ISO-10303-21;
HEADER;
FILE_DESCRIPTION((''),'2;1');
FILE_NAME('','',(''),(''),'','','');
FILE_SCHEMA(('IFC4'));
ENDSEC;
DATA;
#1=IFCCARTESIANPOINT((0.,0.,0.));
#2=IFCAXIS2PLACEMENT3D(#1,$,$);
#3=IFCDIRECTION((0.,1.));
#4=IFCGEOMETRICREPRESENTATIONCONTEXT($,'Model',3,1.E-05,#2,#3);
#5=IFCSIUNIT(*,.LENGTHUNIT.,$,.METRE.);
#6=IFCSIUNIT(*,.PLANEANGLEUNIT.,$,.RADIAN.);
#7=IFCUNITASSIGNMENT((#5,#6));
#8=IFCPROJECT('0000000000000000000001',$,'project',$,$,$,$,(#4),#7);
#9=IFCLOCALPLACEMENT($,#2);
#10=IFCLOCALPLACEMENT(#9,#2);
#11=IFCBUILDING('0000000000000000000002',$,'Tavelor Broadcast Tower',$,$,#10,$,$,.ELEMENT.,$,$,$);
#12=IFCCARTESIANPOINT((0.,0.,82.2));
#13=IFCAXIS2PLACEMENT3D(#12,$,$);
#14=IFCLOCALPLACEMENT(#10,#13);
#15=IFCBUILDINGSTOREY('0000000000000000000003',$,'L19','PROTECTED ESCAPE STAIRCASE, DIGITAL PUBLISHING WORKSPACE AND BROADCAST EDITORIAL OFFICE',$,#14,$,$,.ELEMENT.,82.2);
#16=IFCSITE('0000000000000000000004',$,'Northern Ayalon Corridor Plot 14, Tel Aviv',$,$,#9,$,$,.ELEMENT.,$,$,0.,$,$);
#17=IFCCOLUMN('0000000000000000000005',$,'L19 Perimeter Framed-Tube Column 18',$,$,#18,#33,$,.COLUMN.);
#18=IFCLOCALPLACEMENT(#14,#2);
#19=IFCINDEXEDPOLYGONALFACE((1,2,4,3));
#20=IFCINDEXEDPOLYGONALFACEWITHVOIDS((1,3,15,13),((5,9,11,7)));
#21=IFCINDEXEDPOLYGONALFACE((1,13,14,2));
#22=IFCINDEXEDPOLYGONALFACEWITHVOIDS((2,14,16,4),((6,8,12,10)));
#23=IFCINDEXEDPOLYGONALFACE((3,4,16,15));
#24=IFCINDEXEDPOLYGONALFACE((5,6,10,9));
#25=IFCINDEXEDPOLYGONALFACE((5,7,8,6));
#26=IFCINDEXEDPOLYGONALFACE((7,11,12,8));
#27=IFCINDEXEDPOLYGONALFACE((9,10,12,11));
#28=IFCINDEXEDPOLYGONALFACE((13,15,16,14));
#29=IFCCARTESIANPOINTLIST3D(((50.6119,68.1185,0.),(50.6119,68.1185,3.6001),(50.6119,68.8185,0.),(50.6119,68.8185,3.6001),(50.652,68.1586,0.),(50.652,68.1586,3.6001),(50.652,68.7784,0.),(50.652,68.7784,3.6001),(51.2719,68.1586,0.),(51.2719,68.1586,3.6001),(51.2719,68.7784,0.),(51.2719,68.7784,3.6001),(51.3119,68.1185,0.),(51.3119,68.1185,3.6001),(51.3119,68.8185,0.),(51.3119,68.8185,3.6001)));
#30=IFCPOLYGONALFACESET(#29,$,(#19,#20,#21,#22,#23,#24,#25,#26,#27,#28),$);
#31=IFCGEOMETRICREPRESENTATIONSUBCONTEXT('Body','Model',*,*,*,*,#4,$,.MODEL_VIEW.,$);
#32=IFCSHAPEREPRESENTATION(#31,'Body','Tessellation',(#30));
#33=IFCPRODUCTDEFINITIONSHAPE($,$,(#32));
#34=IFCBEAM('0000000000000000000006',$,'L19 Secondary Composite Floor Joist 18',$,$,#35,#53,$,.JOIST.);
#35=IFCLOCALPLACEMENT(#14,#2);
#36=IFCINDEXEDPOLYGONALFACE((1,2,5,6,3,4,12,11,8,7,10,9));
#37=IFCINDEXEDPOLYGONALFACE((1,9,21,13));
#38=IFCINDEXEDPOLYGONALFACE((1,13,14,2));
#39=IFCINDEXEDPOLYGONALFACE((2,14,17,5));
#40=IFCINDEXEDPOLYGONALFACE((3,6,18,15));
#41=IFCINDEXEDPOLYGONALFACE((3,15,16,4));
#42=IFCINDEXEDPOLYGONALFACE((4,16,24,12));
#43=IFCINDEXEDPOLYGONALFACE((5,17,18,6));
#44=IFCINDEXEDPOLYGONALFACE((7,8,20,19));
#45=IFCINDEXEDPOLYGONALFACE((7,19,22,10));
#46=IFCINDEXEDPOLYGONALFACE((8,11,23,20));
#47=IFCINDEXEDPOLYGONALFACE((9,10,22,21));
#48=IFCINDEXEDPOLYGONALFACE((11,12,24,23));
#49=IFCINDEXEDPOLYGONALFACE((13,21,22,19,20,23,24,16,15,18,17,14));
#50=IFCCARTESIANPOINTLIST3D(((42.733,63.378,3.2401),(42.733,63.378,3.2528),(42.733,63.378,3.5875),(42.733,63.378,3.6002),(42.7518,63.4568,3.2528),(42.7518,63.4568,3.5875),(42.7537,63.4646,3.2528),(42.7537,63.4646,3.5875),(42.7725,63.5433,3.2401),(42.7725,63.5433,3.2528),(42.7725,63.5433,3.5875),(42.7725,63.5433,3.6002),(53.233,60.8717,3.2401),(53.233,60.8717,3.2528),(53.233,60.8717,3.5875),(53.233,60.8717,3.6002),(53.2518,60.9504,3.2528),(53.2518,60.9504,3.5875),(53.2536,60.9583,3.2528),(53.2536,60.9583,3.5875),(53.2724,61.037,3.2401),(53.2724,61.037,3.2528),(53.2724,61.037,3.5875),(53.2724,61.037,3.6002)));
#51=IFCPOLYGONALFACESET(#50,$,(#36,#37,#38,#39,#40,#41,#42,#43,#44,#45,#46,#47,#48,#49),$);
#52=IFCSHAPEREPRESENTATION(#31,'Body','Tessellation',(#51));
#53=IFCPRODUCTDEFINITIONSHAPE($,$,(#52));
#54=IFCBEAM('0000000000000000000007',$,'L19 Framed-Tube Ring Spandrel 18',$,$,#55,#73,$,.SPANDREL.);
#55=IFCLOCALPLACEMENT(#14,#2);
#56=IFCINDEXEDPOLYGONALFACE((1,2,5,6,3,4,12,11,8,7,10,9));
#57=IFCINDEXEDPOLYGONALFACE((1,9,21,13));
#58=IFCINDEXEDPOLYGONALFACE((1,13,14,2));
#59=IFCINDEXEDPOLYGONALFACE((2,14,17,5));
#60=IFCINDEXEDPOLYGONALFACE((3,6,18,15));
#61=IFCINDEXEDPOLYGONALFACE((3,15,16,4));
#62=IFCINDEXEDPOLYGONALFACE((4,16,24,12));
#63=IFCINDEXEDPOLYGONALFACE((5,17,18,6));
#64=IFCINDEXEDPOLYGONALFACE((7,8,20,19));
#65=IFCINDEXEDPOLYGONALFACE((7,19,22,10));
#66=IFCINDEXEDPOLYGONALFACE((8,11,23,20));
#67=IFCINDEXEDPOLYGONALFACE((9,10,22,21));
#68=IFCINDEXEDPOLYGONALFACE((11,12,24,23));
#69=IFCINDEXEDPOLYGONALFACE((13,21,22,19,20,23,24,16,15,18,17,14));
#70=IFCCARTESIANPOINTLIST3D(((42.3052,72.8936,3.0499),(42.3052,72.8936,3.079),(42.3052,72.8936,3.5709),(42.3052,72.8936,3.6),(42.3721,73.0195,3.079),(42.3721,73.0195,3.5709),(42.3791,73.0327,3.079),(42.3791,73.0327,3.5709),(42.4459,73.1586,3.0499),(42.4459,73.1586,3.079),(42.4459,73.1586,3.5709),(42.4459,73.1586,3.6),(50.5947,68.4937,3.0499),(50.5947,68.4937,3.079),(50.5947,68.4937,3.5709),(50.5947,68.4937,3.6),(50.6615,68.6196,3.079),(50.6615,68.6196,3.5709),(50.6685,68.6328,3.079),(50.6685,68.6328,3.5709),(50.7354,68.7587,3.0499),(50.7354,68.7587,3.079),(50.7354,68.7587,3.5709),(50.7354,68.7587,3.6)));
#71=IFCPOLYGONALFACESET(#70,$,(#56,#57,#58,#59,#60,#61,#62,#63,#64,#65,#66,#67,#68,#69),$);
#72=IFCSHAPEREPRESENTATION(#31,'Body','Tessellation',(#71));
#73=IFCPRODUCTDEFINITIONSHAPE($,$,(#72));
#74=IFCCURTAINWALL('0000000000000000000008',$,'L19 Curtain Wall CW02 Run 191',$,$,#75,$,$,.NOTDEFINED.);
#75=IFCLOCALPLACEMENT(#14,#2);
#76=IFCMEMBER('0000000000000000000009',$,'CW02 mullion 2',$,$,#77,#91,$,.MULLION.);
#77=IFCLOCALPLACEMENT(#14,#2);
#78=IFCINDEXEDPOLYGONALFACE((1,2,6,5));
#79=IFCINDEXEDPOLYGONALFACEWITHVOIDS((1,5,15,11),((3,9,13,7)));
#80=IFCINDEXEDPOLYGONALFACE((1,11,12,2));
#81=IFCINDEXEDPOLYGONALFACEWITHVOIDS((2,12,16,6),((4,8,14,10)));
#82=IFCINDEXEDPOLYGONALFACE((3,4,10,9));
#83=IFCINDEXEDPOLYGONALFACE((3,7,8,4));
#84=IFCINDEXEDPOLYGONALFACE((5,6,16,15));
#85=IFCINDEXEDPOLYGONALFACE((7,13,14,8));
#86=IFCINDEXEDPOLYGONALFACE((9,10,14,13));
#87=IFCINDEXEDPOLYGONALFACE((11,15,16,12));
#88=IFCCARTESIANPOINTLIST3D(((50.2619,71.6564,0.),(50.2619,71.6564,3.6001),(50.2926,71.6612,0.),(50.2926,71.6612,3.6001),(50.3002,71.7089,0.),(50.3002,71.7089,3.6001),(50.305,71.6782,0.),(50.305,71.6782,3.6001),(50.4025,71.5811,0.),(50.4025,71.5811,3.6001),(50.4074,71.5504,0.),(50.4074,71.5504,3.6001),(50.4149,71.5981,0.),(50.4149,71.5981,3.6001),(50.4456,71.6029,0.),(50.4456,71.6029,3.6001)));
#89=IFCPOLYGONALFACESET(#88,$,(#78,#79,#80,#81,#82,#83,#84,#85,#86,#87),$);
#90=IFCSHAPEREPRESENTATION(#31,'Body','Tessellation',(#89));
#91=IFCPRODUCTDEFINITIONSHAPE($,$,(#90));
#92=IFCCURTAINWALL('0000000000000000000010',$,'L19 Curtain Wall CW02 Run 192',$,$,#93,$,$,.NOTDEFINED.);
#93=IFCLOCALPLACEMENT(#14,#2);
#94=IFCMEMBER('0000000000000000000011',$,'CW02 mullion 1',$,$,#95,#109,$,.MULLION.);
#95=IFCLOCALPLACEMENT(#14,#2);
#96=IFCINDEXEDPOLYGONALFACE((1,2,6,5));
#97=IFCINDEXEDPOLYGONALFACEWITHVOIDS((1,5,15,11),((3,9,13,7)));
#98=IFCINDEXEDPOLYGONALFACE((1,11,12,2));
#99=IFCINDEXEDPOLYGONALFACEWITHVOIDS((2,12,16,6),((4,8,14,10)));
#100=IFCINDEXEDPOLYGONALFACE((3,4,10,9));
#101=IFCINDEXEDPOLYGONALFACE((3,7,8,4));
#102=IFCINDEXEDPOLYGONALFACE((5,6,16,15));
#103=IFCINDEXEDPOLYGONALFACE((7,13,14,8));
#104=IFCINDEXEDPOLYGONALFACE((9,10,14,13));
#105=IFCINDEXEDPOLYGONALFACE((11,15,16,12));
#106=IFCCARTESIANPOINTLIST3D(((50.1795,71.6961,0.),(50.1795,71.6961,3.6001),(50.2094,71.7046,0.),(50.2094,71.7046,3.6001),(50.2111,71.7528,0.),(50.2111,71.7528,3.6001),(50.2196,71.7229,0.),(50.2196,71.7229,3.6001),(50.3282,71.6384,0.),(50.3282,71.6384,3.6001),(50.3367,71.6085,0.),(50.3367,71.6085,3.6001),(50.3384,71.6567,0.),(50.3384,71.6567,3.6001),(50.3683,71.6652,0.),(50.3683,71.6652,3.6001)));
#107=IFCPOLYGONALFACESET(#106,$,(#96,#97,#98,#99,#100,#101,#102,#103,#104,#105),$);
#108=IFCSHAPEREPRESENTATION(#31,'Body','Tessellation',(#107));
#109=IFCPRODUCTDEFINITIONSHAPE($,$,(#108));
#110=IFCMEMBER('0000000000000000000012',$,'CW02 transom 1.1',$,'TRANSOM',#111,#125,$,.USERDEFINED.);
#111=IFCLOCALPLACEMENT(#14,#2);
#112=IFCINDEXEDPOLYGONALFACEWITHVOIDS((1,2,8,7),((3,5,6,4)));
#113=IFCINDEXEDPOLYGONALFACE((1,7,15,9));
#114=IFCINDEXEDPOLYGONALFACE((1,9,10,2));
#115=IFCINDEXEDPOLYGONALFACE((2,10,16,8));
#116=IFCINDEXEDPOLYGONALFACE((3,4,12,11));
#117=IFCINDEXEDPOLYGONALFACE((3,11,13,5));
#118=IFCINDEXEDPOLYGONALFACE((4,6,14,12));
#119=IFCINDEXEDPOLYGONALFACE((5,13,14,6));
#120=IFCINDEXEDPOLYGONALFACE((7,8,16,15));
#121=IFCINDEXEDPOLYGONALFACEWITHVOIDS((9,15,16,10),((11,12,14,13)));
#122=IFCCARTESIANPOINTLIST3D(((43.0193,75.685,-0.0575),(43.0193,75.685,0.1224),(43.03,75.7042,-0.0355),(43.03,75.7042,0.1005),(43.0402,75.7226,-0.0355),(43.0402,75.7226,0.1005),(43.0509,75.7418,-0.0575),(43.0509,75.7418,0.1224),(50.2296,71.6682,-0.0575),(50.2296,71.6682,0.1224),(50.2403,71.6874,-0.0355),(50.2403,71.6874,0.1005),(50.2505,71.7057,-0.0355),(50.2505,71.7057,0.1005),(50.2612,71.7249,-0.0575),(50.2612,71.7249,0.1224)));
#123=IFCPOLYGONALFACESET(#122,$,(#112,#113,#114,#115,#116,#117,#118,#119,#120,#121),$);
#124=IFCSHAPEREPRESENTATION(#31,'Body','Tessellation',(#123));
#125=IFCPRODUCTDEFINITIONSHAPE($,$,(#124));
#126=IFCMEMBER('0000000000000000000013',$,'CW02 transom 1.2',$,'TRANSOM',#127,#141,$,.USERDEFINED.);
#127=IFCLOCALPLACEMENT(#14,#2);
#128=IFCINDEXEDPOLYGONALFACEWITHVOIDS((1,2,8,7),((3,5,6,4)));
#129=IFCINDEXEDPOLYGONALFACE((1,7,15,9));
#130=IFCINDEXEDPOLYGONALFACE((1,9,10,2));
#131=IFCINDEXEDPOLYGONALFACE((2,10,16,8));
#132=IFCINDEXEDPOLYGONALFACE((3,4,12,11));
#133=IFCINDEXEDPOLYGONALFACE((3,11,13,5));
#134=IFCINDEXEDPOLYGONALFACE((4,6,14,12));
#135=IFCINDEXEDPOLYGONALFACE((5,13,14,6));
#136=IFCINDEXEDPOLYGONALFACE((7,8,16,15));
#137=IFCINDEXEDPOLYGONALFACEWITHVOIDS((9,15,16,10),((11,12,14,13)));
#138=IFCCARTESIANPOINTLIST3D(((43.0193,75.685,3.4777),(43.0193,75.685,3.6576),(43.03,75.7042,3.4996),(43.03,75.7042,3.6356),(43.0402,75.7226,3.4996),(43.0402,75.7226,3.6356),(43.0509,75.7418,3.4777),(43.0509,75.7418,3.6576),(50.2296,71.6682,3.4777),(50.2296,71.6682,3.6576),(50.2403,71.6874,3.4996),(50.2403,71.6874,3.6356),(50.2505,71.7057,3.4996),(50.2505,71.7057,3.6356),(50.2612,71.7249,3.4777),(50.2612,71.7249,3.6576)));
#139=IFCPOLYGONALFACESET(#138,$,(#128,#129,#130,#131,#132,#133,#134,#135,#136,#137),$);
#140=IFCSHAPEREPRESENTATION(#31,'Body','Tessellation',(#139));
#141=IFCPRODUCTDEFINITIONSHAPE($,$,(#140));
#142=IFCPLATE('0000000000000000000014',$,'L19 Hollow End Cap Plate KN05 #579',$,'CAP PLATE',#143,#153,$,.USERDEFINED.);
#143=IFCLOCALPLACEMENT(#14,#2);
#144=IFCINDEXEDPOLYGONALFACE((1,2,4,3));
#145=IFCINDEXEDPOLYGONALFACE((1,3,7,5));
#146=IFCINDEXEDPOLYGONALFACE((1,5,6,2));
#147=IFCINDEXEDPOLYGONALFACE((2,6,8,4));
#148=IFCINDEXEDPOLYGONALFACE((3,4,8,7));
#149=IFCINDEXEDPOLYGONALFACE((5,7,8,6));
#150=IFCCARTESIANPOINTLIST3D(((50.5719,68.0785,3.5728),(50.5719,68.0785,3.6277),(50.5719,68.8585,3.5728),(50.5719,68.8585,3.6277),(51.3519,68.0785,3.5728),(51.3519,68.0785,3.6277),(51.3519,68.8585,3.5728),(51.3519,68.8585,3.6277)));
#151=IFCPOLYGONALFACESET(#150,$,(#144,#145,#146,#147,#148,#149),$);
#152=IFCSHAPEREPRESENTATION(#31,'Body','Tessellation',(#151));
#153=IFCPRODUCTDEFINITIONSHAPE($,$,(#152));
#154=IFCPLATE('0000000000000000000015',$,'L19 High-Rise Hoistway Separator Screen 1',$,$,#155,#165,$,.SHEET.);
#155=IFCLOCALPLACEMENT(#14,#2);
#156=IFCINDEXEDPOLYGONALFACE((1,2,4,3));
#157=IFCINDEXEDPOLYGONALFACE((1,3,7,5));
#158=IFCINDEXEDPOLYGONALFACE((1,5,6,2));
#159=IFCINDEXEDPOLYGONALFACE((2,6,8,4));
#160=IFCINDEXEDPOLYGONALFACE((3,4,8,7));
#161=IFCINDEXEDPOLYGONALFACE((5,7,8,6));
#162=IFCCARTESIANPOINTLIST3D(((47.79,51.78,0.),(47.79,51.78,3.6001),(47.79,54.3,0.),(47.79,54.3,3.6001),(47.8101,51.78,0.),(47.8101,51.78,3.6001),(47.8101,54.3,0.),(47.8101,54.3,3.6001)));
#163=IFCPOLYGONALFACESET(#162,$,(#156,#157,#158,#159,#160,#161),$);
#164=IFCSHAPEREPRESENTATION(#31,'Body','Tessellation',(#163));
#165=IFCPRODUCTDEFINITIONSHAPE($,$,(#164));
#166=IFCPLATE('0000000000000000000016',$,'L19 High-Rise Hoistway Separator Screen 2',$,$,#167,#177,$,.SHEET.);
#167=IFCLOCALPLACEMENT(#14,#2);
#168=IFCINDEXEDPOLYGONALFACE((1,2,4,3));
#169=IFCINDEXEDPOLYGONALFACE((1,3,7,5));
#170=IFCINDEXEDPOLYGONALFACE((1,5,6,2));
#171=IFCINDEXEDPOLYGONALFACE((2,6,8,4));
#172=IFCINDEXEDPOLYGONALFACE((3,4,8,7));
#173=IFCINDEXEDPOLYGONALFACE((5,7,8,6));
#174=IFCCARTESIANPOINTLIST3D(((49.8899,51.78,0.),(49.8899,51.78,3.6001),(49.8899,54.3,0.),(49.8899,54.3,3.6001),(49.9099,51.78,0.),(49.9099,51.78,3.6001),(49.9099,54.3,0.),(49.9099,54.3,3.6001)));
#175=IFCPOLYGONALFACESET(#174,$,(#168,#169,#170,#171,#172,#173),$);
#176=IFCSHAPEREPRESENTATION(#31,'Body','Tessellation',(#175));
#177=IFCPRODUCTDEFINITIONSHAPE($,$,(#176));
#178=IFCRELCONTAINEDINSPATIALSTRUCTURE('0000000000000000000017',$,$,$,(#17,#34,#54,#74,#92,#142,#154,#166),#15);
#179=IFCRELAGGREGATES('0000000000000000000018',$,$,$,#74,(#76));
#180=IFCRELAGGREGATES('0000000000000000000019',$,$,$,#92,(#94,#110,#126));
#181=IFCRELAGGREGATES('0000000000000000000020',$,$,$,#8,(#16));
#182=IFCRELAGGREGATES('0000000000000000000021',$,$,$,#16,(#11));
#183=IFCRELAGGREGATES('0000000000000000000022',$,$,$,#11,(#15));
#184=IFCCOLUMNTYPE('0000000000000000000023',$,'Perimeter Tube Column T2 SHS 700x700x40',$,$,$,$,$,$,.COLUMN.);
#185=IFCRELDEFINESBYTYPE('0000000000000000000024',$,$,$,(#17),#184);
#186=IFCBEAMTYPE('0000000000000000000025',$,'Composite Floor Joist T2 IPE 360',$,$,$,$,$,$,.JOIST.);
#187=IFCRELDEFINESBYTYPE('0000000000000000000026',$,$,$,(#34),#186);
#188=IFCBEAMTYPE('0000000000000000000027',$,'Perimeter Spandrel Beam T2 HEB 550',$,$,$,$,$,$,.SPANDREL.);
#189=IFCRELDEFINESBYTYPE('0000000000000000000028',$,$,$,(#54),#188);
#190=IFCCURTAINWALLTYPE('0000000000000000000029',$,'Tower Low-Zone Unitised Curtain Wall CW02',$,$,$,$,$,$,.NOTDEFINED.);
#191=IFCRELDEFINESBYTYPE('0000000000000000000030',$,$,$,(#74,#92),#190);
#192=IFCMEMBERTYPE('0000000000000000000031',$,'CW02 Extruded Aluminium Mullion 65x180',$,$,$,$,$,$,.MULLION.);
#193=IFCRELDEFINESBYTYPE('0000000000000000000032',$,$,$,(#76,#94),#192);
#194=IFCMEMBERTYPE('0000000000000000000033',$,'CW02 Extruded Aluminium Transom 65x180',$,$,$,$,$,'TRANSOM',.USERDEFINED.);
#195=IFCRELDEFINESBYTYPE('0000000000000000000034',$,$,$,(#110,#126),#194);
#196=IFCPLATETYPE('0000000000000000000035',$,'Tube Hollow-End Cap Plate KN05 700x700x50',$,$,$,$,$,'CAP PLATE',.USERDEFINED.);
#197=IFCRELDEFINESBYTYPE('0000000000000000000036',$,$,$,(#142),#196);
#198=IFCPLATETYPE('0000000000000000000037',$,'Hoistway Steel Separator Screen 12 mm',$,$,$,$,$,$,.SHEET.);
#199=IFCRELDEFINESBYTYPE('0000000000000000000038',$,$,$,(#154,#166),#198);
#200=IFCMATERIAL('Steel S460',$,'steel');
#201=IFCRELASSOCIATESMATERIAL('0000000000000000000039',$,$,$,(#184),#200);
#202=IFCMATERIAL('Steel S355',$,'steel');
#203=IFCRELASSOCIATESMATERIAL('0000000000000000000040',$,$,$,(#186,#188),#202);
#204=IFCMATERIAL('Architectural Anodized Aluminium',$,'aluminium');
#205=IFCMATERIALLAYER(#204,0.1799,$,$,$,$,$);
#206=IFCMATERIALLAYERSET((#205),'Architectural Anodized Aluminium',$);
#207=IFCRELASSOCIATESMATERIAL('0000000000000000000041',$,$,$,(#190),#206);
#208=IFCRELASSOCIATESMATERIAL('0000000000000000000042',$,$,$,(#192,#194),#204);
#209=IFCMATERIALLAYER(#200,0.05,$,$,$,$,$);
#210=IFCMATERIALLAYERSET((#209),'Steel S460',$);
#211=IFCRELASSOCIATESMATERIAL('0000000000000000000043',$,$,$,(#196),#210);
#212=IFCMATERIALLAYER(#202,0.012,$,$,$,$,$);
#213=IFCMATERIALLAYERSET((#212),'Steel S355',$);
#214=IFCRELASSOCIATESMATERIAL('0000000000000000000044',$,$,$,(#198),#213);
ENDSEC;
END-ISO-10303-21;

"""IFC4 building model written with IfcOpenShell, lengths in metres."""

from ifc_helpers import new_model, si_unit, direction, frame, origin, origin_2d, place, context, subcontext, project, spatial, rectangle, hollow_rectangle, i_section, extrude, source, transform, mapped, material, layer, layer_set, material_profile, profile_set, type_object, type_shapes, element, aggregate, save


model = new_model("IFC4")

# Units and contexts
model_context = context("Model", 3, precision=1e-05, world=origin(), true_north=direction((0.0, 1.0)))
body_context = subcontext(model_context, "Body", "Model", "MODEL_VIEW")
ifc_project = project(units=[si_unit("LENGTHUNIT", "METRE"), si_unit("PLANEANGLEUNIT", "RADIAN")], contexts=[model_context])

# Site, building, storey
site_placement = place(None, origin())
site = spatial("IfcSite", under=ifc_project, at=site_placement, Name="Northern Ayalon Corridor Plot 14, Tel Aviv", CompositionType="ELEMENT", RefElevation=0.0)
building_placement = place(site_placement, origin())
building = spatial("IfcBuilding", under=site, at=building_placement, Name="Tavelor Broadcast Tower", CompositionType="ELEMENT")
storey_placement = place(building_placement, frame((0.0, 0.0, 82.2)))
storey = spatial("IfcBuildingStorey", under=building, at=storey_placement, Name="L19", Description="PROTECTED ESCAPE STAIRCASE, DIGITAL PUBLISHING WORKSPACE AND BROADCAST EDITORIAL OFFICE", CompositionType="ELEMENT", Elevation=82.2)

# Column
ifc_material_1 = material(Name="Steel S460", Category="steel")
ifc_material_profile_1 = material_profile(ifc_material_1, hollow_rectangle(XDim=0.7, YDim=0.7, WallThickness=0.04, at=origin_2d()), Name="SHS 700x700x40")
ifc_profile_set_1 = profile_set([ifc_material_profile_1], Name="Steel S460")
column_type = type_object("IfcColumnType", Name="Perimeter Tube Column T2 SHS 700x700x40", PredefinedType="COLUMN", material=ifc_profile_set_1)
column_placement = place(storey_placement, frame((50.9619, 68.4685, 0.0), z_axis=(0.0, 0.0, 1.0), x_axis=(1.0, 0.0, 0.0)))
element("IfcColumn", 1, at=column_placement, inside=storey, type_object=column_type, Name="L19 Perimeter Framed-Tube Column 18", PredefinedType="COLUMN", context=body_context, shape_type="SweptSolid", body=[
    extrude(hollow_rectangle(XDim=0.7, YDim=0.7, WallThickness=0.04, at=origin_2d()), origin(), (0.0, 0.0, 1.0), 3.6001),
])

# Beams
ifc_material_2 = material(Name="Steel S355", Category="steel")
ifc_material_profile_2 = material_profile(ifc_material_2, i_section(OverallWidth=0.1699, OverallDepth=0.3601, WebThickness=0.0081, FlangeThickness=0.0127, at=origin_2d()), Name="IPE 360")
ifc_profile_set_2 = profile_set([ifc_material_profile_2], Name="Steel S355")
beam_type_1 = type_object("IfcBeamType", Name="Composite Floor Joist T2 IPE 360", PredefinedType="JOIST", material=ifc_profile_set_2)
beam_1_placement = place(storey_placement, frame((53.2527, 60.9543, 3.4202), z_axis=(-0.972674, 0.232177, 0.0), x_axis=(-0.232177, -0.972674, 0.0)))
element("IfcBeam", 2, at=beam_1_placement, inside=storey, type_object=beam_type_1, Name="L19 Secondary Composite Floor Joist 18", PredefinedType="JOIST", context=body_context, shape_type="SweptSolid", body=[
    extrude(i_section(OverallWidth=0.1699, OverallDepth=0.3601, WebThickness=0.0081, FlangeThickness=0.0127, at=origin_2d()), origin(), (0.0, 0.0, 1.0), 10.7949),
])
ifc_material_profile_3 = material_profile(ifc_material_2, i_section(OverallWidth=0.3, OverallDepth=0.55, WebThickness=0.0149, FlangeThickness=0.0291, at=origin_2d()), Name="HEB 550")
ifc_profile_set_3 = profile_set([ifc_material_profile_3], Name="Steel S355")
beam_type_2 = type_object("IfcBeamType", Name="Perimeter Spandrel Beam T2 HEB 550", PredefinedType="SPANDREL", material=ifc_profile_set_3)
beam_2_placement = place(storey_placement, frame((50.665, 68.6262, 3.325), z_axis=(-0.883289, 0.468829, 0.0), x_axis=(-0.468829, -0.883289, 0.0)))
element("IfcBeam", 3, at=beam_2_placement, inside=storey, type_object=beam_type_2, Name="L19 Framed-Tube Ring Spandrel 18", PredefinedType="SPANDREL", context=body_context, shape_type="SweptSolid", body=[
    extrude(i_section(OverallWidth=0.3, OverallDepth=0.55, WebThickness=0.0149, FlangeThickness=0.0291, at=origin_2d()), origin(), (0.0, 0.0, 1.0), 9.3848),
])

# Curtain wall, member
ifc_material_3 = material(Name="Architectural Anodized Aluminium", Category="aluminium")
ifc_layer_1 = layer(ifc_material_3, 0.1799)
ifc_layer_set_1 = layer_set([ifc_layer_1], Name="Architectural Anodized Aluminium")
curtain_wall_type = type_object("IfcCurtainWallType", Name="Tower Low-Zone Unitised Curtain Wall CW02", PredefinedType="NOTDEFINED", material=ifc_layer_set_1)
curtain_wall_1_placement = place(storey_placement, origin())
curtain_wall_1 = element("IfcCurtainWall", 4, at=curtain_wall_1_placement, inside=storey, type_object=curtain_wall_type, Name="L19 Curtain Wall CW02 Run 191", PredefinedType="NOTDEFINED")
ifc_material_profile_4 = material_profile(ifc_material_3, hollow_rectangle(XDim=0.0649, YDim=0.1799, WallThickness=0.022, at=origin_2d()), Name="RHS 65x180x22")
ifc_profile_set_4 = profile_set([ifc_material_profile_4], Name="Architectural Anodized Aluminium")
member_type_1 = type_object("IfcMemberType", Name="CW02 Extruded Aluminium Mullion 65x180", PredefinedType="MULLION", material=ifc_profile_set_4)
shared_shape_1 = source(origin(), body_context, "Body", "SweptSolid", [
    extrude(hollow_rectangle(XDim=0.0649, YDim=0.1799, WallThickness=0.022, at=origin_2d()), origin(), (0.0, 0.0, 1.0), 3.6001),
])
type_shapes(member_type_1, [shared_shape_1])
member_1_placement = place(storey_placement, frame((50.3538, 71.6296, 0.0), z_axis=(0.0, 0.0, 1.0), x_axis=(-0.588831, -0.808256, 0.0)))
member_1 = element("IfcMember", 5, at=member_1_placement, type_object=member_type_1, Name="CW02 mullion 2", PredefinedType="MULLION", context=body_context, shape_type="MappedRepresentation", body=[
    mapped(shared_shape_1, transform((0.0, 0.0, 0.0), scale=1.0)),
])

# Curtain wall, members
curtain_wall_2_placement = place(storey_placement, origin())
curtain_wall_2 = element("IfcCurtainWall", 6, at=curtain_wall_2_placement, inside=storey, type_object=curtain_wall_type, Name="L19 Curtain Wall CW02 Run 192", PredefinedType="NOTDEFINED")
member_2_placement = place(storey_placement, frame((50.2739, 71.6807, 0.0), z_axis=(0.0, 0.0, 1.0), x_axis=(-0.486693, -0.873573, 0.0)))
member_2 = element("IfcMember", 7, at=member_2_placement, type_object=member_type_1, Name="CW02 mullion 1", PredefinedType="MULLION", context=body_context, shape_type="MappedRepresentation", body=[
    mapped(shared_shape_1, transform((0.0, 0.0, 0.0), scale=1.0)),
])
ifc_material_profile_5 = material_profile(ifc_material_3, hollow_rectangle(XDim=0.0649, YDim=0.1799, WallThickness=0.022, at=origin_2d()), Name="RHS 65x180x22")
ifc_profile_set_5 = profile_set([ifc_material_profile_5], Name="Architectural Anodized Aluminium")
member_type_2 = type_object("IfcMemberType", Name="CW02 Extruded Aluminium Transom 65x180", ElementType="TRANSOM", PredefinedType="USERDEFINED", material=ifc_profile_set_5)
shared_shape_2 = source(origin(), body_context, "Body", "SweptSolid", [
    extrude(hollow_rectangle(XDim=0.0649, YDim=0.1799, WallThickness=0.022, at=origin_2d()), origin(), (0.0, 0.0, 1.0), 8.2537),
])
type_shapes(member_type_2, [shared_shape_2])
member_3_placement = place(storey_placement, frame((50.2454, 71.6965, 0.0325), z_axis=(-0.873582, 0.486677, 0.0), x_axis=(-0.486677, -0.873582, 0.0)))
member_3 = element("IfcMember", 8, at=member_3_placement, type_object=member_type_2, Name="CW02 transom 1.1", ObjectType="TRANSOM", PredefinedType="USERDEFINED", context=body_context, shape_type="MappedRepresentation", body=[
    mapped(shared_shape_2, transform((0.0, 0.0, 0.0), scale=1.0)),
])
member_4_placement = place(storey_placement, frame((50.2454, 71.6965, 3.5676), z_axis=(-0.873582, 0.486677, 0.0), x_axis=(-0.486677, -0.873582, 0.0)))
member_4 = element("IfcMember", 9, at=member_4_placement, type_object=member_type_2, Name="CW02 transom 1.2", ObjectType="TRANSOM", PredefinedType="USERDEFINED", context=body_context, shape_type="MappedRepresentation", body=[
    mapped(shared_shape_2, transform((0.0, 0.0, 0.0), scale=1.0)),
])

# Plates
ifc_layer_2 = layer(ifc_material_1, 0.05)
ifc_layer_set_2 = layer_set([ifc_layer_2], Name="Steel S460")
plate_type_1 = type_object("IfcPlateType", Name="Tube Hollow-End Cap Plate KN05 700x700x50", ElementType="CAP PLATE", PredefinedType="USERDEFINED", material=ifc_layer_set_2)
shared_shape_3 = source(origin(), body_context, "Body", "SweptSolid", [
    extrude(rectangle(XDim=0.78, YDim=0.78, at=origin_2d()), origin(), (0.0, 0.0, 1.0), 0.0549),
])
type_shapes(plate_type_1, [shared_shape_3])
plate_1_placement = place(storey_placement, frame((50.9619, 68.4685, 3.5728), z_axis=(0.0, 0.0, 1.0), x_axis=(1.0, 0.0, 0.0)))
element("IfcPlate", 10, at=plate_1_placement, inside=storey, type_object=plate_type_1, Name="L19 Hollow End Cap Plate KN05 #579", ObjectType="CAP PLATE", PredefinedType="USERDEFINED", context=body_context, shape_type="MappedRepresentation", body=[
    mapped(shared_shape_3, transform((0.0, 0.0, 0.0), scale=1.0)),
])
ifc_layer_3 = layer(ifc_material_2, 0.012)
ifc_layer_set_3 = layer_set([ifc_layer_3], Name="Steel S355")
plate_type_2 = type_object("IfcPlateType", Name="Hoistway Steel Separator Screen 12 mm", PredefinedType="SHEET", material=ifc_layer_set_3)
shared_shape_4 = source(origin(), body_context, "Body", "SweptSolid", [
    extrude(rectangle(XDim=0.02, YDim=2.52, at=origin_2d()), origin(), (0.0, 0.0, 1.0), 3.6001),
])
type_shapes(plate_type_2, [shared_shape_4])
for number, where, z_axis, x_axis, name in (
    (11, (47.8, 53.04, 0.0), (0.0, 0.0, 1.0), (1.0, 0.0, 0.0), "L19 High-Rise Hoistway Separator Screen 1"),
    (12, (49.8999, 53.04, 0.0), (0.0, 0.0, 1.0), (1.0, 0.0, 0.0), "L19 High-Rise Hoistway Separator Screen 2"),
):
    element("IfcPlate", number, at=place(storey_placement, frame(where, z_axis=z_axis, x_axis=x_axis)), inside=storey, type_object=plate_type_2, Name=name, PredefinedType="SHEET", context=body_context, shape_type="MappedRepresentation", body=[
        mapped(shared_shape_4, transform((0.0, 0.0, 0.0), scale=1.0)),
    ])

aggregate(curtain_wall_1, [member_1])
aggregate(curtain_wall_2, [member_2, member_3, member_4])

save(model, "model.ifc")
